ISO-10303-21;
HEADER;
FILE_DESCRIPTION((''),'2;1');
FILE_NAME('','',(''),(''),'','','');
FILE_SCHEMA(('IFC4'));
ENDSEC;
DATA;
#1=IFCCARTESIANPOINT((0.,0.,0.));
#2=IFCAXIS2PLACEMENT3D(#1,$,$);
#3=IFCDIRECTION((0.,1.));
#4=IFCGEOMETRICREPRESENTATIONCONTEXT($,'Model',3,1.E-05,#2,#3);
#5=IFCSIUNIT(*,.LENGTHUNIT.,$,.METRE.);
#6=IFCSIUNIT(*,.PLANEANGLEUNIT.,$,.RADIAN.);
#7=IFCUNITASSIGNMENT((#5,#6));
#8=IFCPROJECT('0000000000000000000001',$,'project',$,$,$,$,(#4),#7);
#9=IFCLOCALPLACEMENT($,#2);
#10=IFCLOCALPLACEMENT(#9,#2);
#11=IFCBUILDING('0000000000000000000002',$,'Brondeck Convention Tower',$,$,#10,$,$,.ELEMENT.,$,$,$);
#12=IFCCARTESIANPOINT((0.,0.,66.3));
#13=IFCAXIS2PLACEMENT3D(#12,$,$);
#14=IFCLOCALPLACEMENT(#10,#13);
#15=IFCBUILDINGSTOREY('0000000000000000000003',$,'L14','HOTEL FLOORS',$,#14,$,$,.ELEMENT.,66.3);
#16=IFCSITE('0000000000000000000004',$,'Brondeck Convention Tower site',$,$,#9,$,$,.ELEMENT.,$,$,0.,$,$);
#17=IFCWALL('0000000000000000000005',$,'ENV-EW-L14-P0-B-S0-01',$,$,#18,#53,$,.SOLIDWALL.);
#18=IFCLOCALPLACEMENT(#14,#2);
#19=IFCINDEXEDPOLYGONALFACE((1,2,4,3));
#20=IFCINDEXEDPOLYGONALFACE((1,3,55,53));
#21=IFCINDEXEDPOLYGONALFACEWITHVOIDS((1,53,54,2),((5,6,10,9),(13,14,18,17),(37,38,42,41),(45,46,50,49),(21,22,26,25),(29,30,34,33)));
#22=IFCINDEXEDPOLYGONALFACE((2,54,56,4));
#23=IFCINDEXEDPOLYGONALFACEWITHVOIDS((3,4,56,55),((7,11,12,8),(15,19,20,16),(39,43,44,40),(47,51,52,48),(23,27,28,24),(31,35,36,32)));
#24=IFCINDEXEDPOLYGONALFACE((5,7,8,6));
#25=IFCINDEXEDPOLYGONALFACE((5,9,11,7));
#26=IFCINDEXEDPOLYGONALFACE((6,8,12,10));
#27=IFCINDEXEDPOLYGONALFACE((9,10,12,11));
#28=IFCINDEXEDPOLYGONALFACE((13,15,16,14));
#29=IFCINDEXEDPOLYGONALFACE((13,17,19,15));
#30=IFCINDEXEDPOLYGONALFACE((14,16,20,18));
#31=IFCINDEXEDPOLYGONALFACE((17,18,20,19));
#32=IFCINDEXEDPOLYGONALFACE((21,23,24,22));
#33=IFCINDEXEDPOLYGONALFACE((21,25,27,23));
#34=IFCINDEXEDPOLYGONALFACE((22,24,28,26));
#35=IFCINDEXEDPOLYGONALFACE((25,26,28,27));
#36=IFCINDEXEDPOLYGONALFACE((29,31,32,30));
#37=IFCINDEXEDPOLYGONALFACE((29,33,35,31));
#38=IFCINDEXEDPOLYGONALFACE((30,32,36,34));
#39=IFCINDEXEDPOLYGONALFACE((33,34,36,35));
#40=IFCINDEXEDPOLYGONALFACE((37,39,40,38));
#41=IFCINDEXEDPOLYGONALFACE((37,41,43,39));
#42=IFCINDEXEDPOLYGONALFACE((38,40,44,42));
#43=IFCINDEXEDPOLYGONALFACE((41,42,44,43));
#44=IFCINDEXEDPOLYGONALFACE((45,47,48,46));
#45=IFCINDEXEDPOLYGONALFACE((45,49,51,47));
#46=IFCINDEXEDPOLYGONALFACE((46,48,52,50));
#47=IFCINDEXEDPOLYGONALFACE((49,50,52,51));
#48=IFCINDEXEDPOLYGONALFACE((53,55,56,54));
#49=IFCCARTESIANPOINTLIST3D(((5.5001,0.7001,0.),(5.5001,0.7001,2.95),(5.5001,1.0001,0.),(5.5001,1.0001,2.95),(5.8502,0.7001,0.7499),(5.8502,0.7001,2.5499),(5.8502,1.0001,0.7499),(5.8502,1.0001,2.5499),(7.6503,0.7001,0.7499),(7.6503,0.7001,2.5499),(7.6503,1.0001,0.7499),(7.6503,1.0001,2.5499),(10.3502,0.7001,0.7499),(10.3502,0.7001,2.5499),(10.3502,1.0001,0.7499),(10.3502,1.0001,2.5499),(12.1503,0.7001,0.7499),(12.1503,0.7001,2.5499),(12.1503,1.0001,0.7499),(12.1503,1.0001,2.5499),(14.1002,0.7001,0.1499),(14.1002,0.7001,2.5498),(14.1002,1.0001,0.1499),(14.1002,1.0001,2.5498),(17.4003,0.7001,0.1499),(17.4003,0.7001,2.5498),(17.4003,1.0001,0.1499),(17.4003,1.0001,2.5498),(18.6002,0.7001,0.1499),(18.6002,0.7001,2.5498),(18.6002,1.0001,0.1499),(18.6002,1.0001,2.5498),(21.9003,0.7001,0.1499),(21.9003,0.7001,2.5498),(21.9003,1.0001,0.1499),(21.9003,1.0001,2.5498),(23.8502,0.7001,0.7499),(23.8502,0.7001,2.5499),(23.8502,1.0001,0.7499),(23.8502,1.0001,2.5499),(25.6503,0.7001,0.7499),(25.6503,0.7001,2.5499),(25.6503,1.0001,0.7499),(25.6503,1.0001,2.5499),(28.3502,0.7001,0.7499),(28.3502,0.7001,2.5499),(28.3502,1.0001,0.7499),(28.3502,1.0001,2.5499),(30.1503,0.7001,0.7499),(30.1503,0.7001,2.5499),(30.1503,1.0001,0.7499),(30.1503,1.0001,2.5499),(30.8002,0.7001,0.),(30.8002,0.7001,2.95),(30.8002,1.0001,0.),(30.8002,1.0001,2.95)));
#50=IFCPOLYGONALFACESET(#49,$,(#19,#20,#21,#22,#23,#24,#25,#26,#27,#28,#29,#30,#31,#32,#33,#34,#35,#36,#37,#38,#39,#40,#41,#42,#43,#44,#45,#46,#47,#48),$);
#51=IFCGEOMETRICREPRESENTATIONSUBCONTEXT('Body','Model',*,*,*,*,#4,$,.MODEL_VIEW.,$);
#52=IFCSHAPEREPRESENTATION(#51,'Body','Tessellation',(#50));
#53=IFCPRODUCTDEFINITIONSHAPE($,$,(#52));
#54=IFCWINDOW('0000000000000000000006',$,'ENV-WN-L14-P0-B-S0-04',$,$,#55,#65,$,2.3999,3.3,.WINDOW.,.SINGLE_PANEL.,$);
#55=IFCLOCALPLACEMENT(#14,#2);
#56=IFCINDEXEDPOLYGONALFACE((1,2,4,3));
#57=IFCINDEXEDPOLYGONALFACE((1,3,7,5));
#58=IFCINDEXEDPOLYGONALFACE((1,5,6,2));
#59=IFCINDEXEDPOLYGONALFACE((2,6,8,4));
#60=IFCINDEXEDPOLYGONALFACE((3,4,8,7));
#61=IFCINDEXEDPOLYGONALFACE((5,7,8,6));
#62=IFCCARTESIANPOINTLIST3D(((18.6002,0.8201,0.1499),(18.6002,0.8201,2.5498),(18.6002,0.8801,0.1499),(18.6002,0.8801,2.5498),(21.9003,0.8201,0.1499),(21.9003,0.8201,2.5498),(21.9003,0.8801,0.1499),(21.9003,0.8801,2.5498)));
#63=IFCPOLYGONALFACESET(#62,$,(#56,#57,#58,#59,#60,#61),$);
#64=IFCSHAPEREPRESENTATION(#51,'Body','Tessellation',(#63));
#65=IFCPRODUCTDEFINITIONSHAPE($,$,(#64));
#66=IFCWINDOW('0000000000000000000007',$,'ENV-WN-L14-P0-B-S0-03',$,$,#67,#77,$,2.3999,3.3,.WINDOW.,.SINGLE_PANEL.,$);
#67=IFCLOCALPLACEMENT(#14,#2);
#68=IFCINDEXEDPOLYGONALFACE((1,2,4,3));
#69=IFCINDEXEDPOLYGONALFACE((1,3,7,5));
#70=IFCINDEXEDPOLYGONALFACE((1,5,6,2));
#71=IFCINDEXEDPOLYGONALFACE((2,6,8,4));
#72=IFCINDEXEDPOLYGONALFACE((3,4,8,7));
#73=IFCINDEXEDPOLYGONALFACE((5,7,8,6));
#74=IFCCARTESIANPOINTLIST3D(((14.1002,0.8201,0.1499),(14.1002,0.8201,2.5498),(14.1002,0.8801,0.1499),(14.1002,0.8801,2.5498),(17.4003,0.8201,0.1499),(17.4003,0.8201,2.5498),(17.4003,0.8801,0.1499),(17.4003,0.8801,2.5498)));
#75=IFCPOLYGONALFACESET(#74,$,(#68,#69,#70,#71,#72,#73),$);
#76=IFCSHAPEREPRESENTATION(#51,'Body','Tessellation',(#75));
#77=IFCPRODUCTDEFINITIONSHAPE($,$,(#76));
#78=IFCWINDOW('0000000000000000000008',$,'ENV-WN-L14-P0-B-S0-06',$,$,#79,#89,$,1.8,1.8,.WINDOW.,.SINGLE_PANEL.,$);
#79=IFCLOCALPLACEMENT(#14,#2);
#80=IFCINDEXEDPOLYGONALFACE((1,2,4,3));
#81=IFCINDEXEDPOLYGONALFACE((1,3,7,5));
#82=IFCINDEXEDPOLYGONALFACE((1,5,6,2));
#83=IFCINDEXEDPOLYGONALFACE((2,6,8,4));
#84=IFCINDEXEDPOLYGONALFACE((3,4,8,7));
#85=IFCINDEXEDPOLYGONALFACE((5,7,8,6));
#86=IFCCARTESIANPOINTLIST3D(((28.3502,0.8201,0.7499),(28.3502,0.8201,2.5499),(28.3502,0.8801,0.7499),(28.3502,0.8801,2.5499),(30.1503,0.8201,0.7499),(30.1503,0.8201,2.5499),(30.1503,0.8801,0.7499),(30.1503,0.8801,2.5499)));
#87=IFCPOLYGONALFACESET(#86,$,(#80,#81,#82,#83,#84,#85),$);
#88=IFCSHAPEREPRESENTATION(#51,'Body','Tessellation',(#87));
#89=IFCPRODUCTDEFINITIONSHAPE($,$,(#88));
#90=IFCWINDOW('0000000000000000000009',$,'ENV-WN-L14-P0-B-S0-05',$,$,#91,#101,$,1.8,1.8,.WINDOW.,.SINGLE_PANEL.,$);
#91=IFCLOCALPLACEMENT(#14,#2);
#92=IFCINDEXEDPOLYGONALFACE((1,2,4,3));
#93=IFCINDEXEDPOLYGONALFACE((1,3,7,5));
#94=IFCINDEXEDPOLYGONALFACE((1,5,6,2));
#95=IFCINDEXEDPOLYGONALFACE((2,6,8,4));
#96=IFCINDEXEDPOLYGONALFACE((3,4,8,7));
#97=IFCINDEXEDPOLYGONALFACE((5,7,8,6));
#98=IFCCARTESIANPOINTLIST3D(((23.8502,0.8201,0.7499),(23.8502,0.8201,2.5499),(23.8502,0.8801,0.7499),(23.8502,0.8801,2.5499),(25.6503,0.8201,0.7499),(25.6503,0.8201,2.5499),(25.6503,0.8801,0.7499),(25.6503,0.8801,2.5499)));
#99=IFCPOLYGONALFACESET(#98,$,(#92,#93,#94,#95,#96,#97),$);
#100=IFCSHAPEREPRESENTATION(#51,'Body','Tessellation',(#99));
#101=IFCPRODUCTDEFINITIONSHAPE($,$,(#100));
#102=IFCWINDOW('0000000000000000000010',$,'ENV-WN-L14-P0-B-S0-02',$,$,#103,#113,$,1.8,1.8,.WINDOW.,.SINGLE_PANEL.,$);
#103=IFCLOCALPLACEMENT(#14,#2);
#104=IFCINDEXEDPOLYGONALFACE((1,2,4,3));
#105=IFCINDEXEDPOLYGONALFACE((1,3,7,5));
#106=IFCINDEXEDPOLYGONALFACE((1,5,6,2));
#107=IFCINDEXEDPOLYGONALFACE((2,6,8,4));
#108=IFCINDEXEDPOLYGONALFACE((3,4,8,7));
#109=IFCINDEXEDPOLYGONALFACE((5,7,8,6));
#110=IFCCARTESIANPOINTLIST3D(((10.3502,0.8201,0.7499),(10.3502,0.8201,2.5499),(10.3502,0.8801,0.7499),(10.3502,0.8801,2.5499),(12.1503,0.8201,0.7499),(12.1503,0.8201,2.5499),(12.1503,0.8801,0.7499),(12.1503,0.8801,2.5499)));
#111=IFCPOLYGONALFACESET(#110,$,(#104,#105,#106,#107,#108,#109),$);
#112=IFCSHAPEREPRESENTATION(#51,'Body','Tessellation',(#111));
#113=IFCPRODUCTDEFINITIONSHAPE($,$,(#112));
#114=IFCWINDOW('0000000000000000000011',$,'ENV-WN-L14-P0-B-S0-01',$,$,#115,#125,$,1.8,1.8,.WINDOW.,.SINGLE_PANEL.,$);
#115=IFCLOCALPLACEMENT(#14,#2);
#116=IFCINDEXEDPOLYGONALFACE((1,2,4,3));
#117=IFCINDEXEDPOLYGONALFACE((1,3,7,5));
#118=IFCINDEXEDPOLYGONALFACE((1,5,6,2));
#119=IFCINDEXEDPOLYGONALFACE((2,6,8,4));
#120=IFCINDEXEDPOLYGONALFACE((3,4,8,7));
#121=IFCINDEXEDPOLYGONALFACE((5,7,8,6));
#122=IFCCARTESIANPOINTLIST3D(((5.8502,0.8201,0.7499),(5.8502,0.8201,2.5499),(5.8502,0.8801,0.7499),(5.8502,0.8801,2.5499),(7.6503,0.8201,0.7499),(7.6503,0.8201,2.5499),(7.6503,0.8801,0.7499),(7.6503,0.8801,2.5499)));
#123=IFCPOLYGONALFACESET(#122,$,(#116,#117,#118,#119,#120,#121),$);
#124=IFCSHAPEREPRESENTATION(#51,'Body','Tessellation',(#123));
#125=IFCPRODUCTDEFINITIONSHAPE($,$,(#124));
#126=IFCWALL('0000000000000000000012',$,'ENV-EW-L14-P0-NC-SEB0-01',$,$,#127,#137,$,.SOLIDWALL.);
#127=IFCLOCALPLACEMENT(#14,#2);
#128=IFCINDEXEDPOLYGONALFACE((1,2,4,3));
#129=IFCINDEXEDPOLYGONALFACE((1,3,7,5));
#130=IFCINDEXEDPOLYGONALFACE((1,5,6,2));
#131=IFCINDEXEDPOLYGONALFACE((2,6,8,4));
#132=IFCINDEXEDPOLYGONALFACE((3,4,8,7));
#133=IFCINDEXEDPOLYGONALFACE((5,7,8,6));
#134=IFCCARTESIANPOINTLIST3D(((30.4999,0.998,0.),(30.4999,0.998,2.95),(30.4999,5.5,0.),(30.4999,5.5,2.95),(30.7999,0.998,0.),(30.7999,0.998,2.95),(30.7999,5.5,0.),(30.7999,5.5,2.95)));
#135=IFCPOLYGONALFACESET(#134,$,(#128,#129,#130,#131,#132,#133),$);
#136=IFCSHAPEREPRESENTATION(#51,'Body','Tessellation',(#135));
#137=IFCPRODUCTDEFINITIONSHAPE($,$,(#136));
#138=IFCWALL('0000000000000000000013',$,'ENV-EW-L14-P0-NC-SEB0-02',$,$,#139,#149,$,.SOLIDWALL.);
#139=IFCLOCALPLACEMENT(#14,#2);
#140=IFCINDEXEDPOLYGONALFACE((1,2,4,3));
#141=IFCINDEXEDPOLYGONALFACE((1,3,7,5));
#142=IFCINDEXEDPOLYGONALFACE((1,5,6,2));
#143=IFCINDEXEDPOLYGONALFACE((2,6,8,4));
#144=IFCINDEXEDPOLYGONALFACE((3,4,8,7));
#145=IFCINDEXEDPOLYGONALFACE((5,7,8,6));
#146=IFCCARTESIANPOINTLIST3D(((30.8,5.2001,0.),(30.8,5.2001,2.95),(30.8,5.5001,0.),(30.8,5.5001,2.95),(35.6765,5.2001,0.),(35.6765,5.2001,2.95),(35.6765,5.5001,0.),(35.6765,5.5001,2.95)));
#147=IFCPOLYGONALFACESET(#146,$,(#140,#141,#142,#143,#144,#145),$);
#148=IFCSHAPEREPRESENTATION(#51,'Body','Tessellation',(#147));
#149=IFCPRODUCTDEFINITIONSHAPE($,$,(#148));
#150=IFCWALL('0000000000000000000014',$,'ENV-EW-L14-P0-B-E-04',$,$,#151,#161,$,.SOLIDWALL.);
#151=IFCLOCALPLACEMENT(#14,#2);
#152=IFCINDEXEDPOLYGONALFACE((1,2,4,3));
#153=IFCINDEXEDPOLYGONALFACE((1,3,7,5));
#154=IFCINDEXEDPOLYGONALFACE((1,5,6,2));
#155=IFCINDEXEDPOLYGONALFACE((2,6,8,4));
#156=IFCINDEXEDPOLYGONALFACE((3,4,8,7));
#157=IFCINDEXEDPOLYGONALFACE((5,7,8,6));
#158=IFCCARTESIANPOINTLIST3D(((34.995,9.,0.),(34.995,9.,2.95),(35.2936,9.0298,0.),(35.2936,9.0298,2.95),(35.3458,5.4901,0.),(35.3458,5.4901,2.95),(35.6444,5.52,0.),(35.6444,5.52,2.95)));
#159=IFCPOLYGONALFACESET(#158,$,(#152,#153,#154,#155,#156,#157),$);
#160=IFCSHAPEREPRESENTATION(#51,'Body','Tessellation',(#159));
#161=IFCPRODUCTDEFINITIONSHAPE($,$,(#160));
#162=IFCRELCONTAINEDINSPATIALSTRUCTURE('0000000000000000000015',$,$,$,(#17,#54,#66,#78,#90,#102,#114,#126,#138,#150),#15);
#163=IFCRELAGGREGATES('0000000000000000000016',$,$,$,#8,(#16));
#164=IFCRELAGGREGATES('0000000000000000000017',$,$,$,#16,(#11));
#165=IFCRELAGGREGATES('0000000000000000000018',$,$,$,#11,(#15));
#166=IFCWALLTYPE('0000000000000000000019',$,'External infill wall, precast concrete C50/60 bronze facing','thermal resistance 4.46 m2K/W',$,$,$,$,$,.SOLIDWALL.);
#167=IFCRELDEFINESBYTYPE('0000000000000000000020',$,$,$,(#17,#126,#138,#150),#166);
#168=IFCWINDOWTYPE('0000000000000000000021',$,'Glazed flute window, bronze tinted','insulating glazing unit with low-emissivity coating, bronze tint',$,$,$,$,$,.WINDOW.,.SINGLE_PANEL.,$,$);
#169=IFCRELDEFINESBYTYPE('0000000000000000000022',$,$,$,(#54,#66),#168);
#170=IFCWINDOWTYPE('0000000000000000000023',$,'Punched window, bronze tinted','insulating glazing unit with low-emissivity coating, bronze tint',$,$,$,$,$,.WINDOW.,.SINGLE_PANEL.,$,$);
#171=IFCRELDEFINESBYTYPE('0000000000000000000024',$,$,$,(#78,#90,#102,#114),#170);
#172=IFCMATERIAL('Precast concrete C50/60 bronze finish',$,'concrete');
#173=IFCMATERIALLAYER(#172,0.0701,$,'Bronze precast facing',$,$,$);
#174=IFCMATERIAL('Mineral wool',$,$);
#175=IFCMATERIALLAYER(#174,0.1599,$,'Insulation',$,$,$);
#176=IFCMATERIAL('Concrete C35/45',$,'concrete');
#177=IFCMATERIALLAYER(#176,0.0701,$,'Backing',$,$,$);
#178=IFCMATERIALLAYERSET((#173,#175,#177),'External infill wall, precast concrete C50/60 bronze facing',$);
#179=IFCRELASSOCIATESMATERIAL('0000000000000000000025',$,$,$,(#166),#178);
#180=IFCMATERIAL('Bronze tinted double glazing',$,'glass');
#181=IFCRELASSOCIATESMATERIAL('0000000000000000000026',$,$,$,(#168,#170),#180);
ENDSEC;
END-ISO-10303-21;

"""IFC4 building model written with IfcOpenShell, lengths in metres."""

from ifc_helpers import new_model, si_unit, direction, frame, frame_2d, origin, place, context, subcontext, project, spatial, rectangle, extrude, material, layer, layer_set, type_object, element, fill, save


model = new_model("IFC4")

# Units and contexts
model_context = context("Model", 3, precision=1e-05, world=origin(), true_north=direction((0.0, 1.0)))
body_context = subcontext(model_context, "Body", "Model", "MODEL_VIEW")
ifc_project = project(units=[si_unit("LENGTHUNIT", "METRE"), si_unit("PLANEANGLEUNIT", "RADIAN")], contexts=[model_context])

# Site, building, storey
site_placement = place(None, origin())
site = spatial("IfcSite", under=ifc_project, at=site_placement, Name="Brondeck Convention Tower site", CompositionType="ELEMENT", RefElevation=0.0)
building_placement = place(site_placement, origin())
building = spatial("IfcBuilding", under=site, at=building_placement, Name="Brondeck Convention Tower", CompositionType="ELEMENT")
storey_placement = place(building_placement, frame((0.0, 0.0, 66.3)))
storey = spatial("IfcBuildingStorey", under=building, at=storey_placement, Name="L14", Description="HOTEL FLOORS", CompositionType="ELEMENT", Elevation=66.3)

# Wall, openings, windows
ifc_material_1 = material(Name="Precast concrete C50/60 bronze finish", Category="concrete")
ifc_layer_1 = layer(ifc_material_1, 0.0701, Name="Bronze precast facing")
ifc_material_2 = material(Name="Mineral wool")
ifc_layer_2 = layer(ifc_material_2, 0.1599, Name="Insulation")
ifc_material_3 = material(Name="Concrete C35/45", Category="concrete")
ifc_layer_3 = layer(ifc_material_3, 0.0701, Name="Backing")
ifc_layer_set_1 = layer_set([ifc_layer_1, ifc_layer_2, ifc_layer_3], Name="External infill wall, precast concrete C50/60 bronze facing")
wall_type_1 = type_object("IfcWallType", Name="External infill wall, precast concrete C50/60 bronze facing", Description="thermal resistance 4.46 m2K/W", PredefinedType="SOLIDWALL", material=ifc_layer_set_1)
wall_1_placement = place(storey_placement, frame((30.8, 0.8501, 0.0), z_axis=(0.0, 0.0, 1.0), x_axis=(-1.0, 0.0, 0.0)))
wall_1 = element("IfcWall", 1, at=wall_1_placement, inside=storey, type_object=wall_type_1, Name="ENV-EW-L14-P0-B-S0-01", PredefinedType="SOLIDWALL", context=body_context, shape_type="SweptSolid", body=[
    extrude(rectangle(XDim=25.3, YDim=0.3, at=frame_2d((12.6499, 0.0))), origin(), (0.0, 0.0, 1.0), 2.95),
])
opening_1_placement = place(wall_1_placement, frame((0.6499, 0.0, 0.75)))
opening_1 = element("IfcOpeningElement", 2, at=opening_1_placement, cuts=wall_1, PredefinedType="OPENING", context=body_context, shape_type="SweptSolid", body=[
    extrude(rectangle(XDim=1.8, YDim=1.8, at=frame_2d((0.8999, 0.8999))), frame((0.0, 0.1599, 0.0), z_axis=(0.0, -1.0, 0.0), x_axis=(1.0, 0.0, 0.0)), (0.0, 0.0, 1.0), 0.3201),
])
opening_2_placement = place(wall_1_placement, frame((5.1499, 0.0, 0.75)))
opening_2 = element("IfcOpeningElement", 3, at=opening_2_placement, cuts=wall_1, PredefinedType="OPENING", context=body_context, shape_type="SweptSolid", body=[
    extrude(rectangle(XDim=1.8, YDim=1.8, at=frame_2d((0.8999, 0.8999))), frame((0.0, 0.1599, 0.0), z_axis=(0.0, -1.0, 0.0), x_axis=(1.0, 0.0, 0.0)), (0.0, 0.0, 1.0), 0.3201),
])
opening_3_placement = place(wall_1_placement, frame((8.8999, 0.0, 0.1499)))
opening_3 = element("IfcOpeningElement", 4, at=opening_3_placement, cuts=wall_1, PredefinedType="OPENING", context=body_context, shape_type="SweptSolid", body=[
    extrude(rectangle(XDim=3.3, YDim=2.3999, at=frame_2d((1.6499, 1.2))), frame((0.0, 0.1599, 0.0), z_axis=(0.0, -1.0, 0.0), x_axis=(1.0, 0.0, 0.0)), (0.0, 0.0, 1.0), 0.3201),
])
opening_4_placement = place(wall_1_placement, frame((13.3999, 0.0, 0.1499)))
opening_4 = element("IfcOpeningElement", 5, at=opening_4_placement, cuts=wall_1, PredefinedType="OPENING", context=body_context, shape_type="SweptSolid", body=[
    extrude(rectangle(XDim=3.3, YDim=2.3999, at=frame_2d((1.6499, 1.2))), frame((0.0, 0.1599, 0.0), z_axis=(0.0, -1.0, 0.0), x_axis=(1.0, 0.0, 0.0)), (0.0, 0.0, 1.0), 0.3201),
])
opening_5_placement = place(wall_1_placement, frame((18.6499, 0.0, 0.75)))
opening_5 = element("IfcOpeningElement", 6, at=opening_5_placement, cuts=wall_1, PredefinedType="OPENING", context=body_context, shape_type="SweptSolid", body=[
    extrude(rectangle(XDim=1.8, YDim=1.8, at=frame_2d((0.8999, 0.8999))), frame((0.0, 0.1599, 0.0), z_axis=(0.0, -1.0, 0.0), x_axis=(1.0, 0.0, 0.0)), (0.0, 0.0, 1.0), 0.3201),
])
opening_6_placement = place(wall_1_placement, frame((23.1499, 0.0, 0.75)))
opening_6 = element("IfcOpeningElement", 7, at=opening_6_placement, cuts=wall_1, PredefinedType="OPENING", context=body_context, shape_type="SweptSolid", body=[
    extrude(rectangle(XDim=1.8, YDim=1.8, at=frame_2d((0.8999, 0.8999))), frame((0.0, 0.1599, 0.0), z_axis=(0.0, -1.0, 0.0), x_axis=(1.0, 0.0, 0.0)), (0.0, 0.0, 1.0), 0.3201),
])
ifc_material_4 = material(Name="Bronze tinted double glazing", Category="glass")
window_type_1 = type_object("IfcWindowType", Name="Glazed flute window, bronze tinted", Description="insulating glazing unit with low-emissivity coating, bronze tint", PartitioningType="SINGLE_PANEL", PredefinedType="WINDOW", material=ifc_material_4)
window_1_placement = place(opening_3_placement, origin())
window_1 = element("IfcWindow", 8, at=window_1_placement, inside=storey, type_object=window_type_1, Name="ENV-WN-L14-P0-B-S0-04", OverallHeight=2.3999, OverallWidth=3.3, PartitioningType="SINGLE_PANEL", PredefinedType="WINDOW", context=body_context, shape_type="SweptSolid", body=[
    extrude(rectangle(XDim=3.3, YDim=2.3999, at=frame_2d((1.6499, 1.2))), frame((0.0, 0.03, 0.0), z_axis=(0.0, -1.0, 0.0), x_axis=(1.0, 0.0, 0.0)), (0.0, 0.0, 1.0), 0.0601),
])
fill(opening_3, window_1)
window_2_placement = place(opening_4_placement, origin())
window_2 = element("IfcWindow", 9, at=window_2_placement, inside=storey, type_object=window_type_1, Name="ENV-WN-L14-P0-B-S0-03", OverallHeight=2.3999, OverallWidth=3.3, PartitioningType="SINGLE_PANEL", PredefinedType="WINDOW", context=body_context, shape_type="SweptSolid", body=[
    extrude(rectangle(XDim=3.3, YDim=2.3999, at=frame_2d((1.6499, 1.2))), frame((0.0, 0.03, 0.0), z_axis=(0.0, -1.0, 0.0), x_axis=(1.0, 0.0, 0.0)), (0.0, 0.0, 1.0), 0.0601),
])
fill(opening_4, window_2)
window_type_2 = type_object("IfcWindowType", Name="Punched window, bronze tinted", Description="insulating glazing unit with low-emissivity coating, bronze tint", PartitioningType="SINGLE_PANEL", PredefinedType="WINDOW", material=ifc_material_4)
window_3_placement = place(opening_1_placement, origin())
window_3 = element("IfcWindow", 10, at=window_3_placement, inside=storey, type_object=window_type_2, Name="ENV-WN-L14-P0-B-S0-06", OverallHeight=1.8, OverallWidth=1.8, PartitioningType="SINGLE_PANEL", PredefinedType="WINDOW", context=body_context, shape_type="SweptSolid", body=[
    extrude(rectangle(XDim=1.8, YDim=1.8, at=frame_2d((0.8999, 0.8999))), frame((0.0, 0.03, 0.0), z_axis=(0.0, -1.0, 0.0), x_axis=(1.0, 0.0, 0.0)), (0.0, 0.0, 1.0), 0.0601),
])
fill(opening_1, window_3)
window_4_placement = place(opening_2_placement, origin())
window_4 = element("IfcWindow", 11, at=window_4_placement, inside=storey, type_object=window_type_2, Name="ENV-WN-L14-P0-B-S0-05", OverallHeight=1.8, OverallWidth=1.8, PartitioningType="SINGLE_PANEL", PredefinedType="WINDOW", context=body_context, shape_type="SweptSolid", body=[
    extrude(rectangle(XDim=1.8, YDim=1.8, at=frame_2d((0.8999, 0.8999))), frame((0.0, 0.03, 0.0), z_axis=(0.0, -1.0, 0.0), x_axis=(1.0, 0.0, 0.0)), (0.0, 0.0, 1.0), 0.0601),
])
fill(opening_2, window_4)
window_5_placement = place(opening_5_placement, origin())
window_5 = element("IfcWindow", 12, at=window_5_placement, inside=storey, type_object=window_type_2, Name="ENV-WN-L14-P0-B-S0-02", OverallHeight=1.8, OverallWidth=1.8, PartitioningType="SINGLE_PANEL", PredefinedType="WINDOW", context=body_context, shape_type="SweptSolid", body=[
    extrude(rectangle(XDim=1.8, YDim=1.8, at=frame_2d((0.8999, 0.8999))), frame((0.0, 0.03, 0.0), z_axis=(0.0, -1.0, 0.0), x_axis=(1.0, 0.0, 0.0)), (0.0, 0.0, 1.0), 0.0601),
])
fill(opening_5, window_5)
window_6_placement = place(opening_6_placement, origin())
window_6 = element("IfcWindow", 13, at=window_6_placement, inside=storey, type_object=window_type_2, Name="ENV-WN-L14-P0-B-S0-01", OverallHeight=1.8, OverallWidth=1.8, PartitioningType="SINGLE_PANEL", PredefinedType="WINDOW", context=body_context, shape_type="SweptSolid", body=[
    extrude(rectangle(XDim=1.8, YDim=1.8, at=frame_2d((0.8999, 0.8999))), frame((0.0, 0.03, 0.0), z_axis=(0.0, -1.0, 0.0), x_axis=(1.0, 0.0, 0.0)), (0.0, 0.0, 1.0), 0.0601),
])
fill(opening_6, window_6)

# Walls
wall_2_placement = place(storey_placement, frame((30.6499, 5.5, 0.0), z_axis=(0.0, 0.0, 1.0), x_axis=(0.0, -1.0, 0.0)))
element("IfcWall", 14, at=wall_2_placement, inside=storey, type_object=wall_type_1, Name="ENV-EW-L14-P0-NC-SEB0-01", PredefinedType="SOLIDWALL", context=body_context, shape_type="SweptSolid", body=[
    extrude(rectangle(XDim=4.502, YDim=0.3, at=frame_2d((2.251, 0.0))), origin(), (0.0, 0.0, 1.0), 2.95),
])
wall_3_placement = place(storey_placement, frame((35.6765, 5.3501, 0.0), z_axis=(0.0, 0.0, 1.0), x_axis=(-1.0, 0.0, 0.0)))
element("IfcWall", 15, at=wall_3_placement, inside=storey, type_object=wall_type_1, Name="ENV-EW-L14-P0-NC-SEB0-02", PredefinedType="SOLIDWALL", context=body_context, shape_type="SweptSolid", body=[
    extrude(rectangle(XDim=4.8765, YDim=0.3, at=frame_2d((2.4382, 0.0))), origin(), (0.0, 0.0, 1.0), 2.95),
])
wall_4_placement = place(storey_placement, frame((35.1443, 9.0149, 0.0), z_axis=(0.0, 0.0, 1.0), x_axis=(0.099463, -0.995041, 0.0)))
element("IfcWall", 16, at=wall_4_placement, inside=storey, type_object=wall_type_1, Name="ENV-EW-L14-P0-B-E-04", PredefinedType="SOLIDWALL", context=body_context, shape_type="SweptSolid", body=[
    extrude(rectangle(XDim=3.5273, YDim=0.3, at=frame_2d((1.7637, 0.0))), origin(), (0.0, 0.0, 1.0), 2.95),
])

save(model, "model.ifc")
